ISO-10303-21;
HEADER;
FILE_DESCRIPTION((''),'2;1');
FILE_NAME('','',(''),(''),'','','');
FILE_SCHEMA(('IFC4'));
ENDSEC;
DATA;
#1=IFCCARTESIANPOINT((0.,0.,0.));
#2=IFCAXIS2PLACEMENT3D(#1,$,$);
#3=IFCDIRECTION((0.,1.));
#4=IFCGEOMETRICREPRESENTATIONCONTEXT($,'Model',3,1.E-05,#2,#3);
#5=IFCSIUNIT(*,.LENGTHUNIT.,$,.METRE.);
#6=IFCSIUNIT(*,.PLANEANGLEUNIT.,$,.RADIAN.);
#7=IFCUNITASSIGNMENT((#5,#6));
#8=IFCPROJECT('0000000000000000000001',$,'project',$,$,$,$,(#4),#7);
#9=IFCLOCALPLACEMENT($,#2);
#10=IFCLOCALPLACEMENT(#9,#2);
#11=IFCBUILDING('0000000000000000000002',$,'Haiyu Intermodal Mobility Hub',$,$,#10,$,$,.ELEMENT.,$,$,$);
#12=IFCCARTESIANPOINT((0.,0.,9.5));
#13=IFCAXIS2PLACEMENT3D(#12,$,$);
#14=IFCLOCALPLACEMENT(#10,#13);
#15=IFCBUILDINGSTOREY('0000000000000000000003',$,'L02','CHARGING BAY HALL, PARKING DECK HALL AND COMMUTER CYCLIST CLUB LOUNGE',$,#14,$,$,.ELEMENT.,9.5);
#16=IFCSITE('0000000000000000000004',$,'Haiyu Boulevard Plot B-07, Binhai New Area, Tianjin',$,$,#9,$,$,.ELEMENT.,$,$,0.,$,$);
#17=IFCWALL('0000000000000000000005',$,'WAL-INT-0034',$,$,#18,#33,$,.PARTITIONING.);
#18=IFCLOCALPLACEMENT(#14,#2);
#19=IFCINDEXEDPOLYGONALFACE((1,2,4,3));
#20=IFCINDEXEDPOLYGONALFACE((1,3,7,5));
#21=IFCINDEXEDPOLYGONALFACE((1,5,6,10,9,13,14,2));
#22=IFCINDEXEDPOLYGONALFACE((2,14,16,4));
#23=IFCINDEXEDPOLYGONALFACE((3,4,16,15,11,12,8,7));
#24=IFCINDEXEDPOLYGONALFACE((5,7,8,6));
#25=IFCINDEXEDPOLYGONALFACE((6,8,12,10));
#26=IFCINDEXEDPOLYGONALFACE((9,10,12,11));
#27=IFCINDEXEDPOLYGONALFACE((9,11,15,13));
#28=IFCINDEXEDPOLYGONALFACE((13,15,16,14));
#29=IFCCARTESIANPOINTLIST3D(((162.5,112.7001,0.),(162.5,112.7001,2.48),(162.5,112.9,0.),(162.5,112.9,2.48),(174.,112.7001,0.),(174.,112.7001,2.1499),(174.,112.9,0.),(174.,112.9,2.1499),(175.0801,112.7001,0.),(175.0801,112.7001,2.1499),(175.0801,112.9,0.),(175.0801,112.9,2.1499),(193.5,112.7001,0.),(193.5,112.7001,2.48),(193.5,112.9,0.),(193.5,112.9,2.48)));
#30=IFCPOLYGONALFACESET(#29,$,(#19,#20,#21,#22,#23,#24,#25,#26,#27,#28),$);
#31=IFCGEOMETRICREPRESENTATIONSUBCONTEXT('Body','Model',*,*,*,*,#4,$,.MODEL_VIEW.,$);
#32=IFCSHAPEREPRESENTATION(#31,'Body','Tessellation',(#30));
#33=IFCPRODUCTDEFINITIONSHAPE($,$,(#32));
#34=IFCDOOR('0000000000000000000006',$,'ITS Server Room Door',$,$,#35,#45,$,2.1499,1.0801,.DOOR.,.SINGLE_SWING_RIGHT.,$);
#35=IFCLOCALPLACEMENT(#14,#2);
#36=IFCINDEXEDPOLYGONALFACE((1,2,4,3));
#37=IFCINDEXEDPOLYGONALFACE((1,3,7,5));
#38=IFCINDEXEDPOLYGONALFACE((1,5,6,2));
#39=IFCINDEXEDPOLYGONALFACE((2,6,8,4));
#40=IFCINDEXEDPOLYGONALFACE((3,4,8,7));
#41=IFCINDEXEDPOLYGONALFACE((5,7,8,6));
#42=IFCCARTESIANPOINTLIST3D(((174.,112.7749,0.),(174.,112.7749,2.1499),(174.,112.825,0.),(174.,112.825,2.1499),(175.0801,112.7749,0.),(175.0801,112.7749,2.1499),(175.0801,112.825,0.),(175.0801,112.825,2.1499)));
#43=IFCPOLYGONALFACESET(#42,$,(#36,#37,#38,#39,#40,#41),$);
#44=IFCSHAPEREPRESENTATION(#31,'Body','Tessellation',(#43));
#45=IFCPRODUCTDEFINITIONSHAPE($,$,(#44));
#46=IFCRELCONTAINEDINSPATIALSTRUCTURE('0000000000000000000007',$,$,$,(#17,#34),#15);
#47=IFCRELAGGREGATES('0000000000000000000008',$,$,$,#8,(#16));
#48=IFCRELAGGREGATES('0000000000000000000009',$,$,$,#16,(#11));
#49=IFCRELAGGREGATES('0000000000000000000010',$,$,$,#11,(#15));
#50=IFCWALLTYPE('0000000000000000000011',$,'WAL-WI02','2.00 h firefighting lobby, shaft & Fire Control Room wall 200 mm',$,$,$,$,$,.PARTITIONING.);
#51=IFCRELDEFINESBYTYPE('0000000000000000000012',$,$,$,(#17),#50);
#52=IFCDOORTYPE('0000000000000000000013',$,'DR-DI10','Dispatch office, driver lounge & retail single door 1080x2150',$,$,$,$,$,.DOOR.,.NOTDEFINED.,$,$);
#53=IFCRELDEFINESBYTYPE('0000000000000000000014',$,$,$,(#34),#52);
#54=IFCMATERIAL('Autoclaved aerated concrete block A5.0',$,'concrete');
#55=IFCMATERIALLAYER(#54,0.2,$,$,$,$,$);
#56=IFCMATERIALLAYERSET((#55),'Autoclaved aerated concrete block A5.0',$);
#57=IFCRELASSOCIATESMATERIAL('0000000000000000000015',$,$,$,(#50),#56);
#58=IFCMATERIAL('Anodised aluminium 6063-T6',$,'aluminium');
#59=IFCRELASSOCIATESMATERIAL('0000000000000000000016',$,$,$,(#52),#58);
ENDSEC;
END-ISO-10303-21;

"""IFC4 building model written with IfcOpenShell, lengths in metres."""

from ifc_helpers import new_model, si_unit, direction, frame, frame_2d, origin, place, context, subcontext, project, spatial, rectangle, extrude, material, layer, layer_set, type_object, element, fill, save


model = new_model("IFC4")

# Units and contexts
model_context = context("Model", 3, precision=1e-05, world=origin(), true_north=direction((0.0, 1.0)))
body_context = subcontext(model_context, "Body", "Model", "MODEL_VIEW")
ifc_project = project(units=[si_unit("LENGTHUNIT", "METRE"), si_unit("PLANEANGLEUNIT", "RADIAN")], contexts=[model_context])

# Site, building, storey
site_placement = place(None, origin())
site = spatial("IfcSite", under=ifc_project, at=site_placement, Name="Haiyu Boulevard Plot B-07, Binhai New Area, Tianjin", CompositionType="ELEMENT", RefElevation=0.0)
building_placement = place(site_placement, origin())
building = spatial("IfcBuilding", under=site, at=building_placement, Name="Haiyu Intermodal Mobility Hub", CompositionType="ELEMENT")
storey_placement = place(building_placement, frame((0.0, 0.0, 9.5)))
storey = spatial("IfcBuildingStorey", under=building, at=storey_placement, Name="L02", Description="CHARGING BAY HALL, PARKING DECK HALL AND COMMUTER CYCLIST CLUB LOUNGE", CompositionType="ELEMENT", Elevation=9.5)

# Shared definitions
ifc_material_1 = material(Name="Anodised aluminium 6063-T6", Category="aluminium")

# Wall, opening, door
ifc_material_2 = material(Name="Autoclaved aerated concrete block A5.0", Category="concrete")
ifc_layer_1 = layer(ifc_material_2, 0.2)
ifc_layer_set_1 = layer_set([ifc_layer_1], Name="Autoclaved aerated concrete block A5.0")
wall_type = type_object("IfcWallType", Name="WAL-WI02", Description="2.00 h firefighting lobby, shaft & Fire Control Room wall 200 mm", PredefinedType="PARTITIONING", material=ifc_layer_set_1)
wall_placement = place(storey_placement, frame((162.5, 112.8, 0.0), z_axis=(0.0, 0.0, 1.0), x_axis=(1.0, 0.0, 0.0)))
wall = element("IfcWall", 1, at=wall_placement, inside=storey, type_object=wall_type, Name="WAL-INT-0034", PredefinedType="PARTITIONING", context=body_context, shape_type="SweptSolid", body=[
    extrude(rectangle(XDim=31.0, YDim=0.2, at=frame_2d((15.5, 0.0))), origin(), (0.0, 0.0, 1.0), 2.48),
])
opening_placement = place(wall_placement, frame((11.5, 0.0, 0.0)))
opening = element("IfcOpeningElement", 2, at=opening_placement, cuts=wall, PredefinedType="OPENING", context=body_context, shape_type="SweptSolid", body=[
    extrude(rectangle(XDim=1.0801, YDim=2.1499, at=frame_2d((0.54, 1.075))), frame((0.0, 0.1099, 0.0), z_axis=(0.0, -1.0, 0.0), x_axis=(1.0, 0.0, 0.0)), (0.0, 0.0, 1.0), 0.22),
])
door_type = type_object("IfcDoorType", Name="DR-DI10", Description="Dispatch office, driver lounge & retail single door 1080x2150", OperationType="NOTDEFINED", PredefinedType="DOOR", material=ifc_material_1)
door_placement = place(opening_placement, origin())
door = element("IfcDoor", 3, at=door_placement, inside=storey, type_object=door_type, Name="ITS Server Room Door", OperationType="SINGLE_SWING_RIGHT", OverallHeight=2.1499, OverallWidth=1.0801, PredefinedType="DOOR", context=body_context, shape_type="SweptSolid", body=[
    extrude(rectangle(XDim=1.0801, YDim=2.1499, at=frame_2d((0.54, 1.075))), frame((0.0, 0.0249, 0.0), z_axis=(0.0, -1.0, 0.0), x_axis=(1.0, 0.0, 0.0)), (0.0, 0.0, 1.0), 0.05),
])
fill(opening, door)

save(model, "model.ifc")
